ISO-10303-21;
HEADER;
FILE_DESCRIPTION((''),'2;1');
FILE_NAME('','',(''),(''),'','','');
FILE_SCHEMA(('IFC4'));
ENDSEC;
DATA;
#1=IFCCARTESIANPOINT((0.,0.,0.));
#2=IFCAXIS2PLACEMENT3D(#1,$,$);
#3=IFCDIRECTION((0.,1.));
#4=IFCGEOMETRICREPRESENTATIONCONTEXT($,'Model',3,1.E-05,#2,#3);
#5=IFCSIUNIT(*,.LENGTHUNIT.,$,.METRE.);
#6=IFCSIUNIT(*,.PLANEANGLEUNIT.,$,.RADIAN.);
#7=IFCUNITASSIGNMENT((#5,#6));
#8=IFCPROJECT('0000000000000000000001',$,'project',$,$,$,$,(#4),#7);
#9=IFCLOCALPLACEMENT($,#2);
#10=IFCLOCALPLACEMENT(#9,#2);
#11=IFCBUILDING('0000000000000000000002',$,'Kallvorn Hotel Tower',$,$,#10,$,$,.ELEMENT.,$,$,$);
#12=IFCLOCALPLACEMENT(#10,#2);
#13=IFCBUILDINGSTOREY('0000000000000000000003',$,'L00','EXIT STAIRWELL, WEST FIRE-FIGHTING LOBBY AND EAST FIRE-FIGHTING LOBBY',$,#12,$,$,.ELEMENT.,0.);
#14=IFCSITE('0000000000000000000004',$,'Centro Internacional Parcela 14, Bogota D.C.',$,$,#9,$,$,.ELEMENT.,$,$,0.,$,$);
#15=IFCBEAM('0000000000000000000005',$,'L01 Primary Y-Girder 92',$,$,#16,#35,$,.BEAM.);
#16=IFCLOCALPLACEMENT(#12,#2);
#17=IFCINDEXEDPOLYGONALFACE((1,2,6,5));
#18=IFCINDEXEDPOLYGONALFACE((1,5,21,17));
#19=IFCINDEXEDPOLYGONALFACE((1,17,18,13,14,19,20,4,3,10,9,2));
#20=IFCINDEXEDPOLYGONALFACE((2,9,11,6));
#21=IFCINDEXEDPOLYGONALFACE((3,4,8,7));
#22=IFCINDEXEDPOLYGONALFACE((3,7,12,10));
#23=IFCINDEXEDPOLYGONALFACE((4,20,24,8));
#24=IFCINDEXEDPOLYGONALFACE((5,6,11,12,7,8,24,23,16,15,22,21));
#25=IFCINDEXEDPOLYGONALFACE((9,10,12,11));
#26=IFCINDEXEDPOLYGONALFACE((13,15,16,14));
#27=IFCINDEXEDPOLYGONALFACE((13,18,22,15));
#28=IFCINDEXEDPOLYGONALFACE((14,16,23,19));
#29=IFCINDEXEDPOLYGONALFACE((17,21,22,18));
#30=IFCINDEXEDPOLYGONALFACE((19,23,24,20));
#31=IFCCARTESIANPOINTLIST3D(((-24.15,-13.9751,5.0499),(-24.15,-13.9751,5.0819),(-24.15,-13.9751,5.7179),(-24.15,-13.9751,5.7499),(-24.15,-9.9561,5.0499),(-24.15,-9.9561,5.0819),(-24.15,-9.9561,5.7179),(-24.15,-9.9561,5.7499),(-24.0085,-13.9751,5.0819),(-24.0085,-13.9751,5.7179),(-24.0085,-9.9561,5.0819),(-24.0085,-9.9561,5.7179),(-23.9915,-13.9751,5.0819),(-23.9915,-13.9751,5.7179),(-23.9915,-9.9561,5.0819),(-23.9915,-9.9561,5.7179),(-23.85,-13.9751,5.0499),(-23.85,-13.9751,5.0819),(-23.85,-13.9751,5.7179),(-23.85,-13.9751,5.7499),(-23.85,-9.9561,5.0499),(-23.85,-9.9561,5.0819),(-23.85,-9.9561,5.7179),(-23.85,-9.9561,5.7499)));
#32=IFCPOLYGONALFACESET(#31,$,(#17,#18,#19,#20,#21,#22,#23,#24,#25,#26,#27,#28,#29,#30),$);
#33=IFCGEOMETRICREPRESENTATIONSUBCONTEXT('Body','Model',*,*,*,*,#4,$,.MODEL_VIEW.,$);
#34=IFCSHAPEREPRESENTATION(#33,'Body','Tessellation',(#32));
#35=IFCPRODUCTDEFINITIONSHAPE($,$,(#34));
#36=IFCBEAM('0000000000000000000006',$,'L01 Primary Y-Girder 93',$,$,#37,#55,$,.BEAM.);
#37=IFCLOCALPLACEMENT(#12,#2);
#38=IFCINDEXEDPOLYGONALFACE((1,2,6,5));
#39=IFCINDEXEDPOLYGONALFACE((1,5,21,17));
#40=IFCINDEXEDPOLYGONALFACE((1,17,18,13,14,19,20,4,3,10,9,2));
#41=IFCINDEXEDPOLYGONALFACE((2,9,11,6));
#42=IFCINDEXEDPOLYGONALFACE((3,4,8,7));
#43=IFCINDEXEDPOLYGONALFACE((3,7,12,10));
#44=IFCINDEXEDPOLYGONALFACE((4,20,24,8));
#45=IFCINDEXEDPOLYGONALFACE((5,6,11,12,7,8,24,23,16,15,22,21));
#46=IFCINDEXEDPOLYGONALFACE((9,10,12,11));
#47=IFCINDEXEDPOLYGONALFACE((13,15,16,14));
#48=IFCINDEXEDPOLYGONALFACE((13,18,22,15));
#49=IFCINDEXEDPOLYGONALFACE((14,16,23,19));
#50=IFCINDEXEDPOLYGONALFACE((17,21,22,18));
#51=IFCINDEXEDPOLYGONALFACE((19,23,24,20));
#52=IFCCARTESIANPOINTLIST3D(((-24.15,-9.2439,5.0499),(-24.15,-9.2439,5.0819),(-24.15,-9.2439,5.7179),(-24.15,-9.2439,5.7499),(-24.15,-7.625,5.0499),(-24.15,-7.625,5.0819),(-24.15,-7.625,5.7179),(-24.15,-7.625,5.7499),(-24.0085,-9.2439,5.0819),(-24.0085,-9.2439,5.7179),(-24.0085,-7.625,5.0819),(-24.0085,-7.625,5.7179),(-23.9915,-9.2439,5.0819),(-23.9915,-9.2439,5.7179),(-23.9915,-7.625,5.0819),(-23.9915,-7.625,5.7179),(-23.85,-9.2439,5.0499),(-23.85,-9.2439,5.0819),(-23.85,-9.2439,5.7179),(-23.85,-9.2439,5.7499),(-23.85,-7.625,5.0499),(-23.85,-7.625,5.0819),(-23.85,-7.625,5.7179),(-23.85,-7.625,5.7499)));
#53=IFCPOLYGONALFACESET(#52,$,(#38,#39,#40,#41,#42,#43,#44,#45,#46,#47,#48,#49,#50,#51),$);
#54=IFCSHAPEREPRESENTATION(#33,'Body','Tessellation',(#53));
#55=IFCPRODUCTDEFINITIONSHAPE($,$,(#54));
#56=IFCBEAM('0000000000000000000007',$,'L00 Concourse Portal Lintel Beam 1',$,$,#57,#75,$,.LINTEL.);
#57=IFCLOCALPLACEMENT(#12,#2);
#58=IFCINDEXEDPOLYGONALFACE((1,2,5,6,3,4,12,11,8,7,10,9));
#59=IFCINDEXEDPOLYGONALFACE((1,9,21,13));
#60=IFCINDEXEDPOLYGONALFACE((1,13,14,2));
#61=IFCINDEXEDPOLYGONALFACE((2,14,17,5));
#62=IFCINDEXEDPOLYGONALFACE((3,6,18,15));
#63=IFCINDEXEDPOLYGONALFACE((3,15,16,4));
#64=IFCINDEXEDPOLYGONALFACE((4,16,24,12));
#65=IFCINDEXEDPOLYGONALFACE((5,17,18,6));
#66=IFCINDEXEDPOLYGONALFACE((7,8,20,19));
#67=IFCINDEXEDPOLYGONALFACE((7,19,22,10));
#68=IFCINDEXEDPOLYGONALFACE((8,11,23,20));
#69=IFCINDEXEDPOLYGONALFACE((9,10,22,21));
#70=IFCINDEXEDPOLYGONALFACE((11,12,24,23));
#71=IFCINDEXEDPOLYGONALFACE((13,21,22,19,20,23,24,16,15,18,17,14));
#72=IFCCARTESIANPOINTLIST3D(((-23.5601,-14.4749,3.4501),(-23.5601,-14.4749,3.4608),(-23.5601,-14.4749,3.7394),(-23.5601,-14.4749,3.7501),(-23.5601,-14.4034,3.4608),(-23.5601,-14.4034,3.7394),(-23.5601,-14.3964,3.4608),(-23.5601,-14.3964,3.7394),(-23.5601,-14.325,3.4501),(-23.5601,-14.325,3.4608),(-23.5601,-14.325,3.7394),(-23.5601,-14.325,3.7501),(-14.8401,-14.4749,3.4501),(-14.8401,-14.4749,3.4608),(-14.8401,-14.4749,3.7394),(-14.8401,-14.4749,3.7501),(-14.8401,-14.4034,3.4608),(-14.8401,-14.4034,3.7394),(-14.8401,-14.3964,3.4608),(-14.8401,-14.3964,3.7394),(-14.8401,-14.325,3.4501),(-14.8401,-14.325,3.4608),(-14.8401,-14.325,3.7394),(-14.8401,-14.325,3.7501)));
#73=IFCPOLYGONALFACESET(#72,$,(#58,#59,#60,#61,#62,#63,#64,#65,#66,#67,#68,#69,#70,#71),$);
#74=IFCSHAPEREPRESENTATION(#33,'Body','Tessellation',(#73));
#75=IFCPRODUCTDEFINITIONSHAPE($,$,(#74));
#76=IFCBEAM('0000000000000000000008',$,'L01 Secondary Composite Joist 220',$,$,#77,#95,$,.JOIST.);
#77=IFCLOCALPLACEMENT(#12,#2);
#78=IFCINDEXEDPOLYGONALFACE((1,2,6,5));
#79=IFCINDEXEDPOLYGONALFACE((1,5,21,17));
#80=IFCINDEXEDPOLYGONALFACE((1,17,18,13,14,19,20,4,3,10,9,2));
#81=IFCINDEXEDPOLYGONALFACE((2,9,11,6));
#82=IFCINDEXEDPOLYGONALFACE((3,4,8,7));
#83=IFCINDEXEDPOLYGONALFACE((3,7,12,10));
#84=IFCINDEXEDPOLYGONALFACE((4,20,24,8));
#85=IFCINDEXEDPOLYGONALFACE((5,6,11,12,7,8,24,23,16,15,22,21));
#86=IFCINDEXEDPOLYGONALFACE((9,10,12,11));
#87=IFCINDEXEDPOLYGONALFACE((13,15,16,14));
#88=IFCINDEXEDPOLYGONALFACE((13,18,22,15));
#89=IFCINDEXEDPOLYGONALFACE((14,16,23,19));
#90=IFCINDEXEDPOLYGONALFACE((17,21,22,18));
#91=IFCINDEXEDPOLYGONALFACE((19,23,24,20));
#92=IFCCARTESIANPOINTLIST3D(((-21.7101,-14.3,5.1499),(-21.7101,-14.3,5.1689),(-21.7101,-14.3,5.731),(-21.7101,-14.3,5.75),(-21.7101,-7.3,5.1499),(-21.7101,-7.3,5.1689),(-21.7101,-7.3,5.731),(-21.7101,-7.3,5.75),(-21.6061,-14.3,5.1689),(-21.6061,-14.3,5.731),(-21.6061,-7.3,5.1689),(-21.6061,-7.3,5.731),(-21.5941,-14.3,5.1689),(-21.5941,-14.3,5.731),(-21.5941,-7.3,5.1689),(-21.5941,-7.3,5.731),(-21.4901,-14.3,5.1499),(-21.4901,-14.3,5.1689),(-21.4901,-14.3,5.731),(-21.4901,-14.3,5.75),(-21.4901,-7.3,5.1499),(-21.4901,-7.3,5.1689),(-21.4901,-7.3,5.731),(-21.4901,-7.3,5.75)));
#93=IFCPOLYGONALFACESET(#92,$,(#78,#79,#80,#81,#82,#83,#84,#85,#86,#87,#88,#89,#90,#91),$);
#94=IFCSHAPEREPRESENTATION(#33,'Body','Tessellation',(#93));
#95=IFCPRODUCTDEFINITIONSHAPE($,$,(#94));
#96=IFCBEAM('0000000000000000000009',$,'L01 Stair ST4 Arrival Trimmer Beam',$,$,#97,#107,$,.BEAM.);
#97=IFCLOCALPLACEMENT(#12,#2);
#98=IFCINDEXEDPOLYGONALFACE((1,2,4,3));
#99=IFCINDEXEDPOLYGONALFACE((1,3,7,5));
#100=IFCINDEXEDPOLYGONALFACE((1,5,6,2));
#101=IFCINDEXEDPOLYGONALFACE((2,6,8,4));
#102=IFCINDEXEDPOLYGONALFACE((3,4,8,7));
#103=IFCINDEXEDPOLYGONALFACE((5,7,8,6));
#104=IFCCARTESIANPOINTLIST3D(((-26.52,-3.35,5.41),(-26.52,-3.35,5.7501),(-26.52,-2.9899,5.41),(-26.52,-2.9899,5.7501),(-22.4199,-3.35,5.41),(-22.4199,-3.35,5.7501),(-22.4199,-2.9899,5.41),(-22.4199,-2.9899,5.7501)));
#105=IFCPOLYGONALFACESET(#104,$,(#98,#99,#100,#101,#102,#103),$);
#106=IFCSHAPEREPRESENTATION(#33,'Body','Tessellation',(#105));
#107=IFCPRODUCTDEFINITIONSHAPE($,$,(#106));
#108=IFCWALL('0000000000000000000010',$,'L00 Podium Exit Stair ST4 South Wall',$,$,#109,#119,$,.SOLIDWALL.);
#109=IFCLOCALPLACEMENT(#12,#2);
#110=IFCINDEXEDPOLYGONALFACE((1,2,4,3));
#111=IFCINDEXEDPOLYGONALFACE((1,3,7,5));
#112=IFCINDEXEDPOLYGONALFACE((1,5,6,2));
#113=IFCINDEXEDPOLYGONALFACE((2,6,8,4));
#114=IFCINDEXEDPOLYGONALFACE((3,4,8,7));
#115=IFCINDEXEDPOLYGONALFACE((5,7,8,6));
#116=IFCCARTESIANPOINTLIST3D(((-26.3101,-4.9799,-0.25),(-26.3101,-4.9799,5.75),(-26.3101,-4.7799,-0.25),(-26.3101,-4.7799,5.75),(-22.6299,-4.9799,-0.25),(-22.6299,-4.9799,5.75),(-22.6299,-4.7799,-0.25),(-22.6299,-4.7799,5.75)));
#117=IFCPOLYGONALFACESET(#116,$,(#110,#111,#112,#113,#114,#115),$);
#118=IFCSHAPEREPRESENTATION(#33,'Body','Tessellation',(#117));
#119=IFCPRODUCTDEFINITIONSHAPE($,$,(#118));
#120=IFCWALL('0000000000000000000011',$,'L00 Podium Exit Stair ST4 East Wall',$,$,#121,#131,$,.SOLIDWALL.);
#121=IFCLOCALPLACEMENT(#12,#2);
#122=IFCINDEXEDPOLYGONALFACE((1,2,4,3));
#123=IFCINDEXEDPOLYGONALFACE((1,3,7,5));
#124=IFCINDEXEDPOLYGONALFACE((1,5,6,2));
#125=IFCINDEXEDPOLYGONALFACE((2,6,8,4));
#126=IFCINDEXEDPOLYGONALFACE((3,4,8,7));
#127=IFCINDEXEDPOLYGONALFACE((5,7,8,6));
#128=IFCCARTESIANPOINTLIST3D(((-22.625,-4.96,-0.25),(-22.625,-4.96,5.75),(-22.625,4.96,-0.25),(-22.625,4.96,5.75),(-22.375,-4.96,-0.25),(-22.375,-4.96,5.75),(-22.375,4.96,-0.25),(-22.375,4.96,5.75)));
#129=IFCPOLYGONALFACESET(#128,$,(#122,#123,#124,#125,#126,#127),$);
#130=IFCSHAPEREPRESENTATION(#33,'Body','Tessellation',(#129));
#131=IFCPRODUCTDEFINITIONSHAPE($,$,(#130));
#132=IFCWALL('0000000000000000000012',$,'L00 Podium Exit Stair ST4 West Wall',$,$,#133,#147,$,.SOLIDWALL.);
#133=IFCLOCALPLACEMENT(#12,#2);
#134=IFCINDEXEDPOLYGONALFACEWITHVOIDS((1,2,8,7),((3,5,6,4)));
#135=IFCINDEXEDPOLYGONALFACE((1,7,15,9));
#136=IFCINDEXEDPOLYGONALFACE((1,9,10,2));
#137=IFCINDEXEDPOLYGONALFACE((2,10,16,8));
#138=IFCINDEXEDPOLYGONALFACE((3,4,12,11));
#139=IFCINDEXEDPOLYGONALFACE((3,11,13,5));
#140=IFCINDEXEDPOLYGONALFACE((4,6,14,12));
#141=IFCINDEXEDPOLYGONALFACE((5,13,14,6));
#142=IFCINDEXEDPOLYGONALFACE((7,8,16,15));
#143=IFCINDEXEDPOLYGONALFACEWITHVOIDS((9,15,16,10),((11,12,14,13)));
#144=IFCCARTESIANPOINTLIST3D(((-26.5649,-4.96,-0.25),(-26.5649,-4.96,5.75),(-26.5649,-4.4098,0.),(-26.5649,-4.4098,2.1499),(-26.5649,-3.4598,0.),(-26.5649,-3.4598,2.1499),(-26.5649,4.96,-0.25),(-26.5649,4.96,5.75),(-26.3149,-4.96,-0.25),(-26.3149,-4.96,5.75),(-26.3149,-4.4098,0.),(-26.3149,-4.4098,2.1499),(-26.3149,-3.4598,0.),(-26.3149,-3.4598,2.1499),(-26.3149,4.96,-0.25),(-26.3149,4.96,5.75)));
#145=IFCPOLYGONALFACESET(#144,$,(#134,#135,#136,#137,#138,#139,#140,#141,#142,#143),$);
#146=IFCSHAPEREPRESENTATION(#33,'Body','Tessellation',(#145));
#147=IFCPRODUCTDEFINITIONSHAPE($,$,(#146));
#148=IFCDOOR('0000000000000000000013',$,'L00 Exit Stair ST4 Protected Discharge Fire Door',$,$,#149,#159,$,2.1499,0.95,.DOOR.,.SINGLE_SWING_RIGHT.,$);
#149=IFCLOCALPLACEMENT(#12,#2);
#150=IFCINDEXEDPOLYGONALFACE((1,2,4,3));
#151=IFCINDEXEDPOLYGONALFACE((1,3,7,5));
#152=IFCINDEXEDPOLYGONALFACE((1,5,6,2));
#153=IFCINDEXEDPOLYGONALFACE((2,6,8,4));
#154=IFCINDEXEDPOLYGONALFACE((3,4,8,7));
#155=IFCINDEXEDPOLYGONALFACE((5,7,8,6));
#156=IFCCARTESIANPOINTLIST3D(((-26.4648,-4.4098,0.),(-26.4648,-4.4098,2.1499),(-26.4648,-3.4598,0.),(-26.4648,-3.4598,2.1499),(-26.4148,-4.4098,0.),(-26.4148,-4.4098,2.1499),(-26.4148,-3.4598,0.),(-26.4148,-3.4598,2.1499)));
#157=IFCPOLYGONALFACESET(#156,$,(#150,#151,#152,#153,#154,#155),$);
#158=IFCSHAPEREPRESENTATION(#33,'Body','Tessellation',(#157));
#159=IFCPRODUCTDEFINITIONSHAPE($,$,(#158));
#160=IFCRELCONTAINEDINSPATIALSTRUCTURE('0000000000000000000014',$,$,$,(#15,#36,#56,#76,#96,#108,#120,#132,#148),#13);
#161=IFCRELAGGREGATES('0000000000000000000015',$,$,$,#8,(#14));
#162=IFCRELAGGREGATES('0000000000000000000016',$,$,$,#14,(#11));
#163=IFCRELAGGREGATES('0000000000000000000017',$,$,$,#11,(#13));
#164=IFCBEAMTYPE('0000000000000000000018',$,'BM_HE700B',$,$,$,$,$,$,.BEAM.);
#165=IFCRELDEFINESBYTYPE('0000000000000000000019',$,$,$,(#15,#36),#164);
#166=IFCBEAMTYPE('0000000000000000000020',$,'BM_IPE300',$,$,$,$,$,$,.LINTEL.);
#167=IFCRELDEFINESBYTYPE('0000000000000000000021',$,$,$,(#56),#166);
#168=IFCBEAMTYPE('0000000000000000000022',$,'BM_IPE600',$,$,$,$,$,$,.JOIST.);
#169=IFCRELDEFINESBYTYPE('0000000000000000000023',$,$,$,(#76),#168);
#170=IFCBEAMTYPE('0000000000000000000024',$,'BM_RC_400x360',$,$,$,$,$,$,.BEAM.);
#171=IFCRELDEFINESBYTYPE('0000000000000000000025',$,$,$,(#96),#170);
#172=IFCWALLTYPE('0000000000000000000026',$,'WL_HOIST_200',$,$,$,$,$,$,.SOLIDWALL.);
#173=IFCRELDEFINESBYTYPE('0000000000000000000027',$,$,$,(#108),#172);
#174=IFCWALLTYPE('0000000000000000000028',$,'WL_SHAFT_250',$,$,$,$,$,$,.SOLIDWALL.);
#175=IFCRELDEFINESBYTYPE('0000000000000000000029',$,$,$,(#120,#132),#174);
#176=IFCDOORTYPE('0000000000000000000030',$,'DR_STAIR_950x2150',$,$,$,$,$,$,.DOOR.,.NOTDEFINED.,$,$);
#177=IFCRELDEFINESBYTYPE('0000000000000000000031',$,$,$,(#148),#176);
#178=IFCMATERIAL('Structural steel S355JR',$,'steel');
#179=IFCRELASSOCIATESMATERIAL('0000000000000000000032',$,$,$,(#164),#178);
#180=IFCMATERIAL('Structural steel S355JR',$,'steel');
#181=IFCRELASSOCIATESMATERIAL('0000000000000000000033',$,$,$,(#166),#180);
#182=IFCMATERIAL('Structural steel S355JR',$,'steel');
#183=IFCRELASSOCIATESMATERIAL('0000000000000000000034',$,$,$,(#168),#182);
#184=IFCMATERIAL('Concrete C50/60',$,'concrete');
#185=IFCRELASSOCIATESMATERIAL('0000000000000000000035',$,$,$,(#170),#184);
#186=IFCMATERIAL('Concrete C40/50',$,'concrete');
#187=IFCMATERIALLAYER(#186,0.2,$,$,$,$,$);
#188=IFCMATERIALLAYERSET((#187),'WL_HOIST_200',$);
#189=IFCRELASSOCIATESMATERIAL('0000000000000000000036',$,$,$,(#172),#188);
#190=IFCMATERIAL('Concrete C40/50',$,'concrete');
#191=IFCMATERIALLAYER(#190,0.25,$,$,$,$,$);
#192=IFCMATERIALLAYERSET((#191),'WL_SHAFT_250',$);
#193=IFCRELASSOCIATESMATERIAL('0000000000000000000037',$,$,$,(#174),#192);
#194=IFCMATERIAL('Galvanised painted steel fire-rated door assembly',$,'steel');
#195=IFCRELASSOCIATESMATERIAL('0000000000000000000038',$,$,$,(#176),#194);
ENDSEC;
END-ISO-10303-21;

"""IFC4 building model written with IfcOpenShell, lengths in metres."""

from ifc_helpers import new_model, si_unit, direction, frame, frame_2d, origin, origin_2d, place, context, subcontext, project, spatial, rectangle, i_section, extrude, material, layer, layer_set, material_profile, profile_set, type_object, element, fill, save


model = new_model("IFC4")

# Units and contexts
model_context = context("Model", 3, precision=1e-05, world=origin(), true_north=direction((0.0, 1.0)))
body_context = subcontext(model_context, "Body", "Model", "MODEL_VIEW")
ifc_project = project(units=[si_unit("LENGTHUNIT", "METRE"), si_unit("PLANEANGLEUNIT", "RADIAN")], contexts=[model_context])

# Site, building, storey
site_placement = place(None, origin())
site = spatial("IfcSite", under=ifc_project, at=site_placement, Name="Centro Internacional Parcela 14, Bogota D.C.", CompositionType="ELEMENT", RefElevation=0.0)
building_placement = place(site_placement, origin())
building = spatial("IfcBuilding", under=site, at=building_placement, Name="Kallvorn Hotel Tower", CompositionType="ELEMENT")
storey_placement = place(building_placement, origin())
storey = spatial("IfcBuildingStorey", under=building, at=storey_placement, Name="L00", Description="EXIT STAIRWELL, WEST FIRE-FIGHTING LOBBY AND EAST FIRE-FIGHTING LOBBY", CompositionType="ELEMENT", Elevation=0.0)

# Beams
ifc_material_1 = material(Name="Structural steel S355JR", Category="steel")
ifc_material_profile_1 = material_profile(ifc_material_1, i_section(OverallWidth=0.3, OverallDepth=0.7, WebThickness=0.0171, FlangeThickness=0.032, at=origin_2d()), Name="HE 700 B")
ifc_profile_set_1 = profile_set([ifc_material_profile_1], Name="Structural steel S355JR")
beam_type_1 = type_object("IfcBeamType", Name="BM_HE700B", PredefinedType="BEAM", material=ifc_profile_set_1)
beam_1_placement = place(storey_placement, frame((-24.0, -13.9751, 5.3999), z_axis=(0.0, 1.0, 0.0), x_axis=(-1.0, 0.0, 0.0)))
element("IfcBeam", 1, at=beam_1_placement, inside=storey, type_object=beam_type_1, Name="L01 Primary Y-Girder 92", PredefinedType="BEAM", context=body_context, shape_type="SweptSolid", body=[
    extrude(i_section(OverallWidth=0.3, OverallDepth=0.7, WebThickness=0.0171, FlangeThickness=0.032, at=origin_2d()), origin(), (0.0, 0.0, 1.0), 4.019),
])
beam_2_placement = place(storey_placement, frame((-24.0, -9.2439, 5.3999), z_axis=(0.0, 1.0, 0.0), x_axis=(-1.0, 0.0, 0.0)))
element("IfcBeam", 2, at=beam_2_placement, inside=storey, type_object=beam_type_1, Name="L01 Primary Y-Girder 93", PredefinedType="BEAM", context=body_context, shape_type="SweptSolid", body=[
    extrude(i_section(OverallWidth=0.3, OverallDepth=0.7, WebThickness=0.0171, FlangeThickness=0.032, at=origin_2d()), origin(), (0.0, 0.0, 1.0), 1.6189),
])
ifc_material_2 = material(Name="Structural steel S355JR", Category="steel")
ifc_material_profile_2 = material_profile(ifc_material_2, i_section(OverallWidth=0.1499, OverallDepth=0.3, WebThickness=0.0071, FlangeThickness=0.0107, at=origin_2d()), Name="IPE 300")
ifc_profile_set_2 = profile_set([ifc_material_profile_2], Name="Structural steel S355JR")
beam_type_2 = type_object("IfcBeamType", Name="BM_IPE300", PredefinedType="LINTEL", material=ifc_profile_set_2)
beam_3_placement = place(storey_placement, frame((-23.5601, -14.3999, 3.6001), z_axis=(1.0, 0.0, 0.0), x_axis=(0.0, 1.0, 0.0)))
element("IfcBeam", 3, at=beam_3_placement, inside=storey, type_object=beam_type_2, Name="L00 Concourse Portal Lintel Beam 1", PredefinedType="LINTEL", context=body_context, shape_type="SweptSolid", body=[
    extrude(i_section(OverallWidth=0.1499, OverallDepth=0.3, WebThickness=0.0071, FlangeThickness=0.0107, at=origin_2d()), origin(), (0.0, 0.0, 1.0), 8.72),
])
ifc_material_3 = material(Name="Structural steel S355JR", Category="steel")
ifc_material_profile_3 = material_profile(ifc_material_3, i_section(OverallWidth=0.22, OverallDepth=0.6001, WebThickness=0.012, FlangeThickness=0.019, at=origin_2d()), Name="IPE 600")
ifc_profile_set_3 = profile_set([ifc_material_profile_3], Name="Structural steel S355JR")
beam_type_3 = type_object("IfcBeamType", Name="BM_IPE600", PredefinedType="JOIST", material=ifc_profile_set_3)
beam_4_placement = place(storey_placement, frame((-21.6001, -14.3, 5.45), z_axis=(0.0, 1.0, 0.0), x_axis=(-1.0, 0.0, 0.0)))
element("IfcBeam", 4, at=beam_4_placement, inside=storey, type_object=beam_type_3, Name="L01 Secondary Composite Joist 220", PredefinedType="JOIST", context=body_context, shape_type="SweptSolid", body=[
    extrude(i_section(OverallWidth=0.22, OverallDepth=0.6001, WebThickness=0.012, FlangeThickness=0.019, at=origin_2d()), origin(), (0.0, 0.0, 1.0), 7.0),
])
ifc_material_4 = material(Name="Concrete C50/60", Category="concrete")
ifc_material_profile_4 = material_profile(ifc_material_4, rectangle(XDim=0.3601, YDim=0.3401, at=origin_2d()), Name="RC 360x340")
ifc_profile_set_4 = profile_set([ifc_material_profile_4], Name="Concrete C50/60")
beam_type_4 = type_object("IfcBeamType", Name="BM_RC_400x360", PredefinedType="BEAM", material=ifc_profile_set_4)
beam_5_placement = place(storey_placement, frame((-22.4199, -3.1699, 5.5801), z_axis=(-1.0, 0.0, 0.0), x_axis=(0.0, -1.0, 0.0)))
element("IfcBeam", 5, at=beam_5_placement, inside=storey, type_object=beam_type_4, Name="L01 Stair ST4 Arrival Trimmer Beam", PredefinedType="BEAM", context=body_context, shape_type="SweptSolid", body=[
    extrude(rectangle(XDim=0.3601, YDim=0.3401, at=origin_2d()), origin(), (0.0, 0.0, 1.0), 4.1001),
])

# Walls
ifc_material_5 = material(Name="Concrete C40/50", Category="concrete")
ifc_layer_1 = layer(ifc_material_5, 0.2)
ifc_layer_set_1 = layer_set([ifc_layer_1], Name="WL_HOIST_200")
wall_type_1 = type_object("IfcWallType", Name="WL_HOIST_200", PredefinedType="SOLIDWALL", material=ifc_layer_set_1)
wall_1_placement = place(storey_placement, frame((-26.3101, -4.8799, -0.25), z_axis=(0.0, 0.0, 1.0), x_axis=(1.0, 0.0, 0.0)))
element("IfcWall", 6, at=wall_1_placement, inside=storey, type_object=wall_type_1, Name="L00 Podium Exit Stair ST4 South Wall", PredefinedType="SOLIDWALL", context=body_context, shape_type="SweptSolid", body=[
    extrude(rectangle(XDim=3.6802, YDim=0.2, at=frame_2d((1.8401, 0.0))), origin(), (0.0, 0.0, 1.0), 6.0),
])
ifc_material_6 = material(Name="Concrete C40/50", Category="concrete")
ifc_layer_2 = layer(ifc_material_6, 0.25)
ifc_layer_set_2 = layer_set([ifc_layer_2], Name="WL_SHAFT_250")
wall_type_2 = type_object("IfcWallType", Name="WL_SHAFT_250", PredefinedType="SOLIDWALL", material=ifc_layer_set_2)
wall_2_placement = place(storey_placement, frame((-22.5, -4.96, -0.25), z_axis=(0.0, 0.0, 1.0), x_axis=(0.0, 1.0, 0.0)))
element("IfcWall", 7, at=wall_2_placement, inside=storey, type_object=wall_type_2, Name="L00 Podium Exit Stair ST4 East Wall", PredefinedType="SOLIDWALL", context=body_context, shape_type="SweptSolid", body=[
    extrude(rectangle(XDim=9.9199, YDim=0.25, at=frame_2d((4.96, 0.0))), origin(), (0.0, 0.0, 1.0), 6.0),
])

# Wall, opening, door
wall_3_placement = place(storey_placement, frame((-26.4399, -4.96, -0.25), z_axis=(0.0, 0.0, 1.0), x_axis=(0.0, 1.0, 0.0)))
wall_3 = element("IfcWall", 8, at=wall_3_placement, inside=storey, type_object=wall_type_2, Name="L00 Podium Exit Stair ST4 West Wall", PredefinedType="SOLIDWALL", context=body_context, shape_type="SweptSolid", body=[
    extrude(rectangle(XDim=9.9199, YDim=0.25, at=frame_2d((4.96, 0.0))), origin(), (0.0, 0.0, 1.0), 6.0),
])
opening_placement = place(wall_3_placement, frame((0.55, 0.0, 0.25)))
opening = element("IfcOpeningElement", 9, at=opening_placement, cuts=wall_3, PredefinedType="OPENING", context=body_context, shape_type="SweptSolid", body=[
    extrude(rectangle(XDim=0.95, YDim=2.1499, at=frame_2d((0.4751, 1.075))), frame((0.0, 0.1399, 0.0), z_axis=(0.0, -1.0, 0.0), x_axis=(1.0, 0.0, 0.0)), (0.0, 0.0, 1.0), 0.28),
])
ifc_material_7 = material(Name="Galvanised painted steel fire-rated door assembly", Category="steel")
door_type = type_object("IfcDoorType", Name="DR_STAIR_950x2150", OperationType="NOTDEFINED", PredefinedType="DOOR", material=ifc_material_7)
door_placement = place(opening_placement, origin())
door = element("IfcDoor", 10, at=door_placement, inside=storey, type_object=door_type, Name="L00 Exit Stair ST4 Protected Discharge Fire Door", OperationType="SINGLE_SWING_RIGHT", OverallHeight=2.1499, OverallWidth=0.95, PredefinedType="DOOR", context=body_context, shape_type="SweptSolid", body=[
    extrude(rectangle(XDim=0.95, YDim=2.1499, at=frame_2d((0.4751, 1.075))), frame((0.0, 0.0249, 0.0), z_axis=(0.0, -1.0, 0.0), x_axis=(1.0, 0.0, 0.0)), (0.0, 0.0, 1.0), 0.05),
])
fill(opening, door)

save(model, "model.ifc")
